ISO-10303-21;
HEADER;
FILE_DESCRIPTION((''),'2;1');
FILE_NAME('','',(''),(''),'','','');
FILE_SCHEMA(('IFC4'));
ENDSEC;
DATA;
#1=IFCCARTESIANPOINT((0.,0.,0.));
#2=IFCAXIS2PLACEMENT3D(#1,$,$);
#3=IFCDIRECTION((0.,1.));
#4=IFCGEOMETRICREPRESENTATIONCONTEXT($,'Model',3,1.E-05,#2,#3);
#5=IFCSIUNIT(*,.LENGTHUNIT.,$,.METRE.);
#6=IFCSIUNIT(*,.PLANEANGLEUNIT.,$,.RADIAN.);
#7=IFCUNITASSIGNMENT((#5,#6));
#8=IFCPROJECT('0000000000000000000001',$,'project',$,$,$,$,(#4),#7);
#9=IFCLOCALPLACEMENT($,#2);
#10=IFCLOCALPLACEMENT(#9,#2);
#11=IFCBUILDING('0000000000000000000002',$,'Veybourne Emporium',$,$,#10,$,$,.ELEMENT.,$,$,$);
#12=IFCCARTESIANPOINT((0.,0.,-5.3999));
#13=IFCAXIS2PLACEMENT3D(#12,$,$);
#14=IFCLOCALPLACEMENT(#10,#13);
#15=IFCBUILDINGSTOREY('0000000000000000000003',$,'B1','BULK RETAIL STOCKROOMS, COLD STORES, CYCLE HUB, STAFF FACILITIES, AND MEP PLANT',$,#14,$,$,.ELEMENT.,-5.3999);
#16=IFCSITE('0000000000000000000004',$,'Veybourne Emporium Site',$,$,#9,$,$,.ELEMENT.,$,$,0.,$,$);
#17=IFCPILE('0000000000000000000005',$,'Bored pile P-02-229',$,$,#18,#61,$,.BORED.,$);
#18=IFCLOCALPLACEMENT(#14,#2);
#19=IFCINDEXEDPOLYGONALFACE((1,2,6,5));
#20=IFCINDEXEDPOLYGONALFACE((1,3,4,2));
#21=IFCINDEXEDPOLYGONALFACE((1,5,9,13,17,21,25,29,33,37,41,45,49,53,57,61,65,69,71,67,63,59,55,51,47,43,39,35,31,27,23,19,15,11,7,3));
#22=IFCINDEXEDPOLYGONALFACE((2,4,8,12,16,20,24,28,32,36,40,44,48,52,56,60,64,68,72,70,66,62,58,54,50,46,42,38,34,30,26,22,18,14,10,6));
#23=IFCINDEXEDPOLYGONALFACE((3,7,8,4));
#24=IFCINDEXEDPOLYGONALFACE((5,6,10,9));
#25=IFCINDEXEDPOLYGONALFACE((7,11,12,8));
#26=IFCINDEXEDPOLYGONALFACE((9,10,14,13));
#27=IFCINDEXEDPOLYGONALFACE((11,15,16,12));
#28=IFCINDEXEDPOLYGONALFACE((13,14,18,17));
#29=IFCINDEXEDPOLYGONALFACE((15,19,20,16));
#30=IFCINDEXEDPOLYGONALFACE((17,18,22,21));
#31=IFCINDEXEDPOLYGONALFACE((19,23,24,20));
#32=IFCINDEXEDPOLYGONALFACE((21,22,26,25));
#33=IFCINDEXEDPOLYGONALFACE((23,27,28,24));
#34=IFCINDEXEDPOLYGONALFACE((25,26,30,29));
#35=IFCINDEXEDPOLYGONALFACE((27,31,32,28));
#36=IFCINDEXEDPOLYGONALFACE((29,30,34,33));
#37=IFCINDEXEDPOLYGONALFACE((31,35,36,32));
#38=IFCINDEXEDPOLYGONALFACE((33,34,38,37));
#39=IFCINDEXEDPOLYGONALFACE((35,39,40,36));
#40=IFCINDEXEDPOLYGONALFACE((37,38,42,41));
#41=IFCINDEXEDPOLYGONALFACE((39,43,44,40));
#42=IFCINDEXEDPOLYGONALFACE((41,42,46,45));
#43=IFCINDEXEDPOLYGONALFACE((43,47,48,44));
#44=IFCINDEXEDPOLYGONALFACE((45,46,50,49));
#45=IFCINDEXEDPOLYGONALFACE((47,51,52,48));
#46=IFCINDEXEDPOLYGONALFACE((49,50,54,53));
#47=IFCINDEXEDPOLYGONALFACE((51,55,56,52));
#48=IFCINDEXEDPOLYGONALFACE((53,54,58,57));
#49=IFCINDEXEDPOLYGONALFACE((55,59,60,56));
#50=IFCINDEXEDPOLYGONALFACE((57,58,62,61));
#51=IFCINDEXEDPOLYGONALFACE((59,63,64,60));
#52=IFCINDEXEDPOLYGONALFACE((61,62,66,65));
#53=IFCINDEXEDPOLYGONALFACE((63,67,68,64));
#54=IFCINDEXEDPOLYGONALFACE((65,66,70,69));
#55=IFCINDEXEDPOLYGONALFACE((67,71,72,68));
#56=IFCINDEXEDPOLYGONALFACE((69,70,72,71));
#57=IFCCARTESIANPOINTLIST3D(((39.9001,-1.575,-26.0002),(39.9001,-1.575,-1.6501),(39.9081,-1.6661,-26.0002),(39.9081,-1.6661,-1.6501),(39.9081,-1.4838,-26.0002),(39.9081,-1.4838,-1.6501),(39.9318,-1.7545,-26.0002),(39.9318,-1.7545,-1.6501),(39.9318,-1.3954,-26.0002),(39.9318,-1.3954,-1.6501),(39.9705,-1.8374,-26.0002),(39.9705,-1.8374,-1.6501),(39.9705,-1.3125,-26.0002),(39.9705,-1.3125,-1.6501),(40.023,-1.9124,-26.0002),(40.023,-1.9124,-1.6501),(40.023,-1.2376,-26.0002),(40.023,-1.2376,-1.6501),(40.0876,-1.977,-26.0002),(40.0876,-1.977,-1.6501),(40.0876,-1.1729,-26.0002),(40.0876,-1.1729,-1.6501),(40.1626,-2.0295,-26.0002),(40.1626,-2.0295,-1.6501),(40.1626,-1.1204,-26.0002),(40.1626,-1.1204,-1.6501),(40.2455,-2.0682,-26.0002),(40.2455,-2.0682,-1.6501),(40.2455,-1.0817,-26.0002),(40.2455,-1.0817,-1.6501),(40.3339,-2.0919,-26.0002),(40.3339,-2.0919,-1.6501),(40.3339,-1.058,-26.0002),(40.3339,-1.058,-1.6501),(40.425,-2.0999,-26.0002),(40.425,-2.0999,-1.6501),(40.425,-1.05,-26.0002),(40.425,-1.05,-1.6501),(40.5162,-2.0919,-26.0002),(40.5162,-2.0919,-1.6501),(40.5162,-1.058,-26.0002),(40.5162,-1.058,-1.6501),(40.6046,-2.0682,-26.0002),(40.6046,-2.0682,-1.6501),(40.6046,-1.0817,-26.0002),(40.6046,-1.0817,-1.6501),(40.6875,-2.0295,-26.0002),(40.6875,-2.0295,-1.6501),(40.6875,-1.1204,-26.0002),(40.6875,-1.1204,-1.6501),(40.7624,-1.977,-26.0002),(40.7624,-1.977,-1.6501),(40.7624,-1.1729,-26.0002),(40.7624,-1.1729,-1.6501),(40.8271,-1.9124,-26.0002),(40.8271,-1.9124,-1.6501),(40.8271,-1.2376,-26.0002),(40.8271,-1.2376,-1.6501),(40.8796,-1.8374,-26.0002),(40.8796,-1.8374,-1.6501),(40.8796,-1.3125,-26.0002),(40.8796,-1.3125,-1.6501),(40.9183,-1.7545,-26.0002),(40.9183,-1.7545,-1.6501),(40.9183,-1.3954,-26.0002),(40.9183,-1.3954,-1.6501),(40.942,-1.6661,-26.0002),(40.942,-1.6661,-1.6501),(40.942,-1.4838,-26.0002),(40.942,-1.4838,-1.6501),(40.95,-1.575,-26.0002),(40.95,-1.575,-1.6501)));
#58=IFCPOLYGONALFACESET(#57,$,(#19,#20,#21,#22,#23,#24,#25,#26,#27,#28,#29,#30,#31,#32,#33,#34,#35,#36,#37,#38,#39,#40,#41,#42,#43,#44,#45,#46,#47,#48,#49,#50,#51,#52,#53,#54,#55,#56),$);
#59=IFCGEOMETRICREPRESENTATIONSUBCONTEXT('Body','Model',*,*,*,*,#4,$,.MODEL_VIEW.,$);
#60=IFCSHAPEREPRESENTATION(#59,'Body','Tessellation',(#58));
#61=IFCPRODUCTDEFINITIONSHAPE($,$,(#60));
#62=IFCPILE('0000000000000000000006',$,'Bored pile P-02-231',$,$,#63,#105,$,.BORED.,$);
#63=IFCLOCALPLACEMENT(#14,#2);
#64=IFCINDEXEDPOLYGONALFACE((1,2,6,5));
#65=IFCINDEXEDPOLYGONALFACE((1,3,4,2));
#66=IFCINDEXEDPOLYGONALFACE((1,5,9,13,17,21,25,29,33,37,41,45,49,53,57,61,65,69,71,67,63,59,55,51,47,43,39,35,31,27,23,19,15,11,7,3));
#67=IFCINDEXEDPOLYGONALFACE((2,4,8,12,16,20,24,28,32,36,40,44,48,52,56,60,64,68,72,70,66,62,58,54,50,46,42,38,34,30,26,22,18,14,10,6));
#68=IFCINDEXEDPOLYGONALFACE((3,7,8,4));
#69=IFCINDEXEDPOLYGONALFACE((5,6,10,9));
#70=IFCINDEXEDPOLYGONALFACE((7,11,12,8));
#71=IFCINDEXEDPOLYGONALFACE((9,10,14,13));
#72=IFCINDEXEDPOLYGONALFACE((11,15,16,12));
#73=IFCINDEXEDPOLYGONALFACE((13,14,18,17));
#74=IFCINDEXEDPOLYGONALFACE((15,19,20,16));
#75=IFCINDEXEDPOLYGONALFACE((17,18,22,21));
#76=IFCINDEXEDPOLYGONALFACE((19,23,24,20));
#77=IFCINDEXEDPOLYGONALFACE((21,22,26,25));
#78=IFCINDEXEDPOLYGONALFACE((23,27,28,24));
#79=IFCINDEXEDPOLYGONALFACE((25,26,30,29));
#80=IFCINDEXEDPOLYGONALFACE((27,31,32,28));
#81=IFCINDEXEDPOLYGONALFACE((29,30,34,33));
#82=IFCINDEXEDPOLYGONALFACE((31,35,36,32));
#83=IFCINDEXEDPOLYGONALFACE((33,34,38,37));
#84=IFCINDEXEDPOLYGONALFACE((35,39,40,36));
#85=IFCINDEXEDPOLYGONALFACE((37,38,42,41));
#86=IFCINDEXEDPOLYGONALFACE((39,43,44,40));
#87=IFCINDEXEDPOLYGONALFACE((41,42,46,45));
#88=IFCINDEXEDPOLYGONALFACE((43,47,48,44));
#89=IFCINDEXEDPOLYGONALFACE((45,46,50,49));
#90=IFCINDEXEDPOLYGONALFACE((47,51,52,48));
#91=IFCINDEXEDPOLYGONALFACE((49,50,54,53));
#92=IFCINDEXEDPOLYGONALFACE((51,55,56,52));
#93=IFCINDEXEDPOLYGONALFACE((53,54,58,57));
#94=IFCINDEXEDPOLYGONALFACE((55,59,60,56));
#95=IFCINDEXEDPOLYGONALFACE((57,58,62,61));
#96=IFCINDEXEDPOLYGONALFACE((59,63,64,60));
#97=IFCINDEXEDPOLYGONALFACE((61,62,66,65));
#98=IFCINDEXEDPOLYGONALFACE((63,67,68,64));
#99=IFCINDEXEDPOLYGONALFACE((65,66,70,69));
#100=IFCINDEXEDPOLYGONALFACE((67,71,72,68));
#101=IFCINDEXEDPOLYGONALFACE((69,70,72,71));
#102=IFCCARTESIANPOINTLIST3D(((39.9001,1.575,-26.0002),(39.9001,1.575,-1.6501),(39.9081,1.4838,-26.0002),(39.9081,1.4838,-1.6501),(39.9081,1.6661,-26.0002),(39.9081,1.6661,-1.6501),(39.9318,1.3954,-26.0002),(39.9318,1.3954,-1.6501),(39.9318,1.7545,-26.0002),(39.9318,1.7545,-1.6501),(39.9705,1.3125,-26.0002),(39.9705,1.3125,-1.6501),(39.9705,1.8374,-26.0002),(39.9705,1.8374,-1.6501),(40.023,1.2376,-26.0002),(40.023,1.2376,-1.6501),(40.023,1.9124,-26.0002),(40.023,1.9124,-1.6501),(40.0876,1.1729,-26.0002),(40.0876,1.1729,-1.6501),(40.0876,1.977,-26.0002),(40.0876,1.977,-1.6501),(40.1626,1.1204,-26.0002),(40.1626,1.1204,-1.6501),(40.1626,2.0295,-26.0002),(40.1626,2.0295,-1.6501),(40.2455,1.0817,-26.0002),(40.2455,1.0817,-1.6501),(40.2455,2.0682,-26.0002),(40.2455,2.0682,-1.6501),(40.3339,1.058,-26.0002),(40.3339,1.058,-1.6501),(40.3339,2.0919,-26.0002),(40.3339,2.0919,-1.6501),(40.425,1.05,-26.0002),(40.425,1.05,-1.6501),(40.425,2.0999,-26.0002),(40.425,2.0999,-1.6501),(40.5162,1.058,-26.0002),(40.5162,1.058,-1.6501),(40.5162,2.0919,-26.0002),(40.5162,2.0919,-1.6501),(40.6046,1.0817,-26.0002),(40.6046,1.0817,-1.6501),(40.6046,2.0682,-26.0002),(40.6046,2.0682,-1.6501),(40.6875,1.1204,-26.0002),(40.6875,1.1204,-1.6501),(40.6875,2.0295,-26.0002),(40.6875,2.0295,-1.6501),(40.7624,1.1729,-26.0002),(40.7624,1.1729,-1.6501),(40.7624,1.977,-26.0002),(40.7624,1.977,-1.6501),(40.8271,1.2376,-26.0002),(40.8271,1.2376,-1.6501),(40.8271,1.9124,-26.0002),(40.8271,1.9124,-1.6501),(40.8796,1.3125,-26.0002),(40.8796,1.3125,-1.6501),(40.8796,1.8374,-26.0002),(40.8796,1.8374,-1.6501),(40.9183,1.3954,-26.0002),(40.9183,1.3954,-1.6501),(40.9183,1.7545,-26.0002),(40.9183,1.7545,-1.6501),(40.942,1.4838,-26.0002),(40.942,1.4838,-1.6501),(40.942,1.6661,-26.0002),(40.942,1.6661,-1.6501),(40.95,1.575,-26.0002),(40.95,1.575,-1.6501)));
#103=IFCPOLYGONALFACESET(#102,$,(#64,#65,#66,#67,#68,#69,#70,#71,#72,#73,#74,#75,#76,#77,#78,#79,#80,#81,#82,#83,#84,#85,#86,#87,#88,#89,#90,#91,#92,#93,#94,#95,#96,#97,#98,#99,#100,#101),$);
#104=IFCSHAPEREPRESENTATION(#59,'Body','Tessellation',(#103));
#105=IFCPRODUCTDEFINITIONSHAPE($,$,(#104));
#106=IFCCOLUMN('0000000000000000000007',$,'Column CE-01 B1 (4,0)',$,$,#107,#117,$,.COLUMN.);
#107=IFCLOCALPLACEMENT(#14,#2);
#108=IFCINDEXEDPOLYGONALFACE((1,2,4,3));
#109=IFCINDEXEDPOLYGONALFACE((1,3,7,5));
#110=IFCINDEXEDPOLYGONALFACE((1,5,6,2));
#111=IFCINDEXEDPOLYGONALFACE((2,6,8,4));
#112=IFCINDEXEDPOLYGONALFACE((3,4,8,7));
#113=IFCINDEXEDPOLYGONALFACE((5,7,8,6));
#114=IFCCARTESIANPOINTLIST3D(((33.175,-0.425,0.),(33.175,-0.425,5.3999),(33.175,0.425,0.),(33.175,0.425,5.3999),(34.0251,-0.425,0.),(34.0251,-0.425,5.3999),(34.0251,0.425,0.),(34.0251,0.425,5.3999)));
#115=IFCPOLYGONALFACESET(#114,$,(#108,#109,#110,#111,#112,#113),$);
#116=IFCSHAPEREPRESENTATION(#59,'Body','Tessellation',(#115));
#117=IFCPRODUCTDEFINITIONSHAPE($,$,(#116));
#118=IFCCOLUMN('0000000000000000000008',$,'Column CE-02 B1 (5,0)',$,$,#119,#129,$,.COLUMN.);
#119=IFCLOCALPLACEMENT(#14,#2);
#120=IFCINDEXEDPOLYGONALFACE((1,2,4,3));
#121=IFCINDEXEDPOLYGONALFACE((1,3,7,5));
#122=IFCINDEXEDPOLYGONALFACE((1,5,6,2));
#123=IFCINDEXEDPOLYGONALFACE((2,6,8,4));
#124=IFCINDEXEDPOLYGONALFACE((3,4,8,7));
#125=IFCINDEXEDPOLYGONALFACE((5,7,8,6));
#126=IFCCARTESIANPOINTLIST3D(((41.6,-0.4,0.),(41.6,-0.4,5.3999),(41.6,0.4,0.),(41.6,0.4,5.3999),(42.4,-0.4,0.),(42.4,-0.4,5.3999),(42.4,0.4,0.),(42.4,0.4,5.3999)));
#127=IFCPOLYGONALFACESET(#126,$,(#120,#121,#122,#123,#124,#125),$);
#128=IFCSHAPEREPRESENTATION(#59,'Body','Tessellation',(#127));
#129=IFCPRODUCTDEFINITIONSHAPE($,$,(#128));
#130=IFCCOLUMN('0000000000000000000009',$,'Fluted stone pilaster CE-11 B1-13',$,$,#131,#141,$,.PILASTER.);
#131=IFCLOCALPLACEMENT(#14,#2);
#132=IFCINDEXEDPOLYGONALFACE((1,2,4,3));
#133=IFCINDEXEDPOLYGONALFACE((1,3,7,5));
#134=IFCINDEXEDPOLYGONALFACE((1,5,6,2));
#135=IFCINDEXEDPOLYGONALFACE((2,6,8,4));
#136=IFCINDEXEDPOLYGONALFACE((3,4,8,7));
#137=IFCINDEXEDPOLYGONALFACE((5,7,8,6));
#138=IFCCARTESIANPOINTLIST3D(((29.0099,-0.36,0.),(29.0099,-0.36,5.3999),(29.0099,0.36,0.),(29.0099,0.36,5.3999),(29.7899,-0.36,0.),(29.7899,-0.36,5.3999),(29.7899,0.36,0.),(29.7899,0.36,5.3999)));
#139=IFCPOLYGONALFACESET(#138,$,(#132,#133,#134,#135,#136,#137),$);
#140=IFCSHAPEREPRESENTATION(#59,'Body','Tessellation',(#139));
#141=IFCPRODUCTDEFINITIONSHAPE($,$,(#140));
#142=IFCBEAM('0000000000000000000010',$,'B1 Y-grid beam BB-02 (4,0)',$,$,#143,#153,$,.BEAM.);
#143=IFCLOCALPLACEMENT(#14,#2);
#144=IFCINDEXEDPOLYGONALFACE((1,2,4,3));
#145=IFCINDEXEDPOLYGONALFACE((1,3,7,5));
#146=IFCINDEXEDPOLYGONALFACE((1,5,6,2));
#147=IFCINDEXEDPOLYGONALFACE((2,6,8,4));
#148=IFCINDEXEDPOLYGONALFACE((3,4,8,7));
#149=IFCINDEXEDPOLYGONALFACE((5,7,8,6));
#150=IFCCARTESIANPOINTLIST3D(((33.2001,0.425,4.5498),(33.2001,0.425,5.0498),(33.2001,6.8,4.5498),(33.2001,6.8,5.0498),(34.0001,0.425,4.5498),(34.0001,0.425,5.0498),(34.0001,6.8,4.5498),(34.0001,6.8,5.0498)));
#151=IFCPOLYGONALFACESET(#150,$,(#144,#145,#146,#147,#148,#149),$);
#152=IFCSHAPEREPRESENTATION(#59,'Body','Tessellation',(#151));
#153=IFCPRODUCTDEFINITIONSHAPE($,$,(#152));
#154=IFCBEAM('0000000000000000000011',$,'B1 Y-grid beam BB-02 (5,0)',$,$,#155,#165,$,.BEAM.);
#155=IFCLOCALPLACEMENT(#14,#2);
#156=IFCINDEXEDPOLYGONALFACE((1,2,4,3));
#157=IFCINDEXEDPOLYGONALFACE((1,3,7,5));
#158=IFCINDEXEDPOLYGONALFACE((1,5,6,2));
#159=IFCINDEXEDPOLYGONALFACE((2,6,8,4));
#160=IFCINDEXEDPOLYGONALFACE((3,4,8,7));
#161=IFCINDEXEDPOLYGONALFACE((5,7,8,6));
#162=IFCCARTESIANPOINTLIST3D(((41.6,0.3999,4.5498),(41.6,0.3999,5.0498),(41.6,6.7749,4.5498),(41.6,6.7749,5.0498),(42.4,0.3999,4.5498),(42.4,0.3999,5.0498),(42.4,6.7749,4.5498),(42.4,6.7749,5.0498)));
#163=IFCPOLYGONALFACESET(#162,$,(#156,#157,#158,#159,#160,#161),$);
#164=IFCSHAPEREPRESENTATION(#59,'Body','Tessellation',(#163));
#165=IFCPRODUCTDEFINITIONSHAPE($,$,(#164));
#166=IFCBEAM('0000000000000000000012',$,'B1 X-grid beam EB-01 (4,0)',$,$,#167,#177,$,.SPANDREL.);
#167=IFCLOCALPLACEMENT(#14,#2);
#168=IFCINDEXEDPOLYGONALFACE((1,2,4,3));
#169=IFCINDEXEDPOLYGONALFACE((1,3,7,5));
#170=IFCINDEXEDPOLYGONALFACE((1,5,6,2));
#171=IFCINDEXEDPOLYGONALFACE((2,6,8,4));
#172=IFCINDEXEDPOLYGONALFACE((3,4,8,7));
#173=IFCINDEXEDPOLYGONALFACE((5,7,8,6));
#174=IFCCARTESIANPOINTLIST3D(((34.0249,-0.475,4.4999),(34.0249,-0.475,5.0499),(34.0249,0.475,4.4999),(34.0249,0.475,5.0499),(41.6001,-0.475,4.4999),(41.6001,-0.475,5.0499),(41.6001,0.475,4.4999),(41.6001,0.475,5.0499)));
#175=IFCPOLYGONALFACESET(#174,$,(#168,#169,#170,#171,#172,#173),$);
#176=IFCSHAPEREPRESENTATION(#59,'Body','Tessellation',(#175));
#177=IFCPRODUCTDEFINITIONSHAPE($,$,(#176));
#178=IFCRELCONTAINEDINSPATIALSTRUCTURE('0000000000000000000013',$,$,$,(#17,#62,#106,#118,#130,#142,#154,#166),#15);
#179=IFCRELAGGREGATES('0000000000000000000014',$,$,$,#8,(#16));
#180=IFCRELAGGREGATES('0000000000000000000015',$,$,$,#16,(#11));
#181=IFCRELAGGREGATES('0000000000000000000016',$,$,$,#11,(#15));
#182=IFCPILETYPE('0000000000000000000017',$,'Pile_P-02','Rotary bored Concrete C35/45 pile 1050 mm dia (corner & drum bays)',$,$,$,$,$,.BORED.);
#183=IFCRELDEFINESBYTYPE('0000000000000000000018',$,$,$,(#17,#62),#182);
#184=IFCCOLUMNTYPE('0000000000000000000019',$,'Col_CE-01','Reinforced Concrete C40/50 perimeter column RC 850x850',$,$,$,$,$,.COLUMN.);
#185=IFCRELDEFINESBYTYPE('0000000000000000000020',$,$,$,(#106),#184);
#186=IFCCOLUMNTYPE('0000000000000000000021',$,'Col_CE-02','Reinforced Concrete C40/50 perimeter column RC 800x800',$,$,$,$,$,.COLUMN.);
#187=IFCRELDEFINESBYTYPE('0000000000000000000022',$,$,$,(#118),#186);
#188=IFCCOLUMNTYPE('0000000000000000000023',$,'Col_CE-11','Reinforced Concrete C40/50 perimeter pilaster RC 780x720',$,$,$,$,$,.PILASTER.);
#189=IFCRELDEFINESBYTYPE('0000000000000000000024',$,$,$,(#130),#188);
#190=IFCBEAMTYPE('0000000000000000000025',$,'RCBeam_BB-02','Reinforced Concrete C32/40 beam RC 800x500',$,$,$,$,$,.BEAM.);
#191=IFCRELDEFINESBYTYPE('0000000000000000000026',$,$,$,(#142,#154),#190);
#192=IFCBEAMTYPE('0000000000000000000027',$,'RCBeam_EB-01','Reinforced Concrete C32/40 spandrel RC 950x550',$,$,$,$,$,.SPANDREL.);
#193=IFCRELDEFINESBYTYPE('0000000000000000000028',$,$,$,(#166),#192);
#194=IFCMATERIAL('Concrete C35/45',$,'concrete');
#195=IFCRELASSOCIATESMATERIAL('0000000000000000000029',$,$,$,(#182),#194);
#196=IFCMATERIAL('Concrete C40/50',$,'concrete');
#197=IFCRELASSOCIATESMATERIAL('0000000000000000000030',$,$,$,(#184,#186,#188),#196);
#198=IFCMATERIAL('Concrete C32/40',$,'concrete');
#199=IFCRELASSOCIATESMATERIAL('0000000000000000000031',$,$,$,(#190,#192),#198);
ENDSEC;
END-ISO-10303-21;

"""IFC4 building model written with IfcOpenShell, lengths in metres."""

from ifc_helpers import new_model, si_unit, direction, frame, origin, origin_2d, place, context, subcontext, project, spatial, rectangle, circle, extrude, material, material_profile, profile_set, type_object, element, save


model = new_model("IFC4")

# Units and contexts
model_context = context("Model", 3, precision=1e-05, world=origin(), true_north=direction((0.0, 1.0)))
body_context = subcontext(model_context, "Body", "Model", "MODEL_VIEW")
ifc_project = project(units=[si_unit("LENGTHUNIT", "METRE"), si_unit("PLANEANGLEUNIT", "RADIAN")], contexts=[model_context])

# Site, building, storey
site_placement = place(None, origin())
site = spatial("IfcSite", under=ifc_project, at=site_placement, Name="Veybourne Emporium Site", CompositionType="ELEMENT", RefElevation=0.0)
building_placement = place(site_placement, origin())
building = spatial("IfcBuilding", under=site, at=building_placement, Name="Veybourne Emporium", CompositionType="ELEMENT")
storey_placement = place(building_placement, frame((0.0, 0.0, -5.3999)))
storey = spatial("IfcBuildingStorey", under=building, at=storey_placement, Name="B1", Description="BULK RETAIL STOCKROOMS, COLD STORES, CYCLE HUB, STAFF FACILITIES, AND MEP PLANT", CompositionType="ELEMENT", Elevation=-5.3999)

# Shared definitions
ifc_material_1 = material(Name="Concrete C35/45", Category="concrete")

# Piles
ifc_material_profile_1 = material_profile(ifc_material_1, circle(Radius=0.5249, at=origin_2d()), Name="BORED PILE 1050")
ifc_profile_set_1 = profile_set([ifc_material_profile_1], Name="Concrete C35/45")
pile_type = type_object("IfcPileType", Name="Pile_P-02", Description="Rotary bored Concrete C35/45 pile 1050 mm dia (corner & drum bays)", PredefinedType="BORED", material=ifc_profile_set_1)
for number, where, z_axis, x_axis, name in (
    (1, (40.425, -1.575, -1.6501), (0.0, 0.0, -1.0), (1.0, 0.0, 0.0), "Bored pile P-02-229"),
    (2, (40.425, 1.575, -1.6501), (0.0, 0.0, -1.0), (1.0, 0.0, 0.0), "Bored pile P-02-231"),
):
    element("IfcPile", number, at=place(storey_placement, frame(where, z_axis=z_axis, x_axis=x_axis)), inside=storey, type_object=pile_type, Name=name, PredefinedType="BORED", context=body_context, shape_type="SweptSolid", body=[
        extrude(circle(Radius=0.5249, at=origin_2d()), origin(), (0.0, 0.0, 1.0), 24.3501),
    ])

# Columns
ifc_material_2 = material(Name="Concrete C40/50", Category="concrete")
ifc_material_profile_2 = material_profile(ifc_material_2, rectangle(XDim=0.8501, YDim=0.8501, at=origin_2d()), Name="RC 850x850")
ifc_profile_set_2 = profile_set([ifc_material_profile_2], Name="Concrete C40/50")
column_type_1 = type_object("IfcColumnType", Name="Col_CE-01", Description="Reinforced Concrete C40/50 perimeter column RC 850x850", PredefinedType="COLUMN", material=ifc_profile_set_2)
column_1_placement = place(storey_placement, frame((33.6001, 0.0, 0.0), z_axis=(0.0, 0.0, 1.0), x_axis=(1.0, 0.0, 0.0)))
element("IfcColumn", 3, at=column_1_placement, inside=storey, type_object=column_type_1, Name="Column CE-01 B1 (4,0)", PredefinedType="COLUMN", context=body_context, shape_type="SweptSolid", body=[
    extrude(rectangle(XDim=0.8501, YDim=0.8501, at=origin_2d()), origin(), (0.0, 0.0, 1.0), 5.3999),
])
ifc_material_profile_3 = material_profile(ifc_material_2, rectangle(XDim=0.8, YDim=0.8, at=origin_2d()), Name="RC 800x800")
ifc_profile_set_3 = profile_set([ifc_material_profile_3], Name="Concrete C40/50")
column_type_2 = type_object("IfcColumnType", Name="Col_CE-02", Description="Reinforced Concrete C40/50 perimeter column RC 800x800", PredefinedType="COLUMN", material=ifc_profile_set_3)
column_2_placement = place(storey_placement, frame((42.0, 0.0, 0.0), z_axis=(0.0, 0.0, 1.0), x_axis=(1.0, 0.0, 0.0)))
element("IfcColumn", 4, at=column_2_placement, inside=storey, type_object=column_type_2, Name="Column CE-02 B1 (5,0)", PredefinedType="COLUMN", context=body_context, shape_type="SweptSolid", body=[
    extrude(rectangle(XDim=0.8, YDim=0.8, at=origin_2d()), origin(), (0.0, 0.0, 1.0), 5.3999),
])
ifc_material_profile_4 = material_profile(ifc_material_2, rectangle(XDim=0.78, YDim=0.72, at=origin_2d()), Name="RC 780x720")
ifc_profile_set_4 = profile_set([ifc_material_profile_4], Name="Concrete C40/50")
column_type_3 = type_object("IfcColumnType", Name="Col_CE-11", Description="Reinforced Concrete C40/50 perimeter pilaster RC 780x720", PredefinedType="PILASTER", material=ifc_profile_set_4)
column_3_placement = place(storey_placement, frame((29.3999, 0.0, 0.0), z_axis=(0.0, 0.0, 1.0), x_axis=(1.0, 0.0, 0.0)))
element("IfcColumn", 5, at=column_3_placement, inside=storey, type_object=column_type_3, Name="Fluted stone pilaster CE-11 B1-13", PredefinedType="PILASTER", context=body_context, shape_type="SweptSolid", body=[
    extrude(rectangle(XDim=0.78, YDim=0.72, at=origin_2d()), origin(), (0.0, 0.0, 1.0), 5.3999),
])

# Beams
ifc_material_3 = material(Name="Concrete C32/40", Category="concrete")
ifc_material_profile_5 = material_profile(ifc_material_3, rectangle(XDim=0.8, YDim=0.5, at=origin_2d()), Name="RC 800x500")
ifc_profile_set_5 = profile_set([ifc_material_profile_5], Name="Concrete C32/40")
beam_type_1 = type_object("IfcBeamType", Name="RCBeam_BB-02", Description="Reinforced Concrete C32/40 beam RC 800x500", PredefinedType="BEAM", material=ifc_profile_set_5)
for number, where, z_axis, x_axis, name in (
    (6, (33.6001, 0.425, 4.7998), (0.0, 1.0, 0.0), (-1.0, 0.0, 0.0), "B1 Y-grid beam BB-02 (4,0)"),
    (7, (42.0, 0.3999, 4.7998), (0.0, 1.0, 0.0), (-1.0, 0.0, 0.0), "B1 Y-grid beam BB-02 (5,0)"),
):
    element("IfcBeam", number, at=place(storey_placement, frame(where, z_axis=z_axis, x_axis=x_axis)), inside=storey, type_object=beam_type_1, Name=name, PredefinedType="BEAM", context=body_context, shape_type="SweptSolid", body=[
        extrude(rectangle(XDim=0.8, YDim=0.5, at=origin_2d()), origin(), (0.0, 0.0, 1.0), 6.375),
    ])
ifc_material_profile_6 = material_profile(ifc_material_3, rectangle(XDim=0.95, YDim=0.55, at=origin_2d()), Name="RC 950x550")
ifc_profile_set_6 = profile_set([ifc_material_profile_6], Name="Concrete C32/40")
beam_type_2 = type_object("IfcBeamType", Name="RCBeam_EB-01", Description="Reinforced Concrete C32/40 spandrel RC 950x550", PredefinedType="SPANDREL", material=ifc_profile_set_6)
beam_placement = place(storey_placement, frame((34.0249, 0.0, 4.7749), z_axis=(1.0, 0.0, 0.0), x_axis=(0.0, 1.0, 0.0)))
element("IfcBeam", 8, at=beam_placement, inside=storey, type_object=beam_type_2, Name="B1 X-grid beam EB-01 (4,0)", PredefinedType="SPANDREL", context=body_context, shape_type="SweptSolid", body=[
    extrude(rectangle(XDim=0.95, YDim=0.55, at=origin_2d()), origin(), (0.0, 0.0, 1.0), 7.5752),
])

save(model, "model.ifc")
